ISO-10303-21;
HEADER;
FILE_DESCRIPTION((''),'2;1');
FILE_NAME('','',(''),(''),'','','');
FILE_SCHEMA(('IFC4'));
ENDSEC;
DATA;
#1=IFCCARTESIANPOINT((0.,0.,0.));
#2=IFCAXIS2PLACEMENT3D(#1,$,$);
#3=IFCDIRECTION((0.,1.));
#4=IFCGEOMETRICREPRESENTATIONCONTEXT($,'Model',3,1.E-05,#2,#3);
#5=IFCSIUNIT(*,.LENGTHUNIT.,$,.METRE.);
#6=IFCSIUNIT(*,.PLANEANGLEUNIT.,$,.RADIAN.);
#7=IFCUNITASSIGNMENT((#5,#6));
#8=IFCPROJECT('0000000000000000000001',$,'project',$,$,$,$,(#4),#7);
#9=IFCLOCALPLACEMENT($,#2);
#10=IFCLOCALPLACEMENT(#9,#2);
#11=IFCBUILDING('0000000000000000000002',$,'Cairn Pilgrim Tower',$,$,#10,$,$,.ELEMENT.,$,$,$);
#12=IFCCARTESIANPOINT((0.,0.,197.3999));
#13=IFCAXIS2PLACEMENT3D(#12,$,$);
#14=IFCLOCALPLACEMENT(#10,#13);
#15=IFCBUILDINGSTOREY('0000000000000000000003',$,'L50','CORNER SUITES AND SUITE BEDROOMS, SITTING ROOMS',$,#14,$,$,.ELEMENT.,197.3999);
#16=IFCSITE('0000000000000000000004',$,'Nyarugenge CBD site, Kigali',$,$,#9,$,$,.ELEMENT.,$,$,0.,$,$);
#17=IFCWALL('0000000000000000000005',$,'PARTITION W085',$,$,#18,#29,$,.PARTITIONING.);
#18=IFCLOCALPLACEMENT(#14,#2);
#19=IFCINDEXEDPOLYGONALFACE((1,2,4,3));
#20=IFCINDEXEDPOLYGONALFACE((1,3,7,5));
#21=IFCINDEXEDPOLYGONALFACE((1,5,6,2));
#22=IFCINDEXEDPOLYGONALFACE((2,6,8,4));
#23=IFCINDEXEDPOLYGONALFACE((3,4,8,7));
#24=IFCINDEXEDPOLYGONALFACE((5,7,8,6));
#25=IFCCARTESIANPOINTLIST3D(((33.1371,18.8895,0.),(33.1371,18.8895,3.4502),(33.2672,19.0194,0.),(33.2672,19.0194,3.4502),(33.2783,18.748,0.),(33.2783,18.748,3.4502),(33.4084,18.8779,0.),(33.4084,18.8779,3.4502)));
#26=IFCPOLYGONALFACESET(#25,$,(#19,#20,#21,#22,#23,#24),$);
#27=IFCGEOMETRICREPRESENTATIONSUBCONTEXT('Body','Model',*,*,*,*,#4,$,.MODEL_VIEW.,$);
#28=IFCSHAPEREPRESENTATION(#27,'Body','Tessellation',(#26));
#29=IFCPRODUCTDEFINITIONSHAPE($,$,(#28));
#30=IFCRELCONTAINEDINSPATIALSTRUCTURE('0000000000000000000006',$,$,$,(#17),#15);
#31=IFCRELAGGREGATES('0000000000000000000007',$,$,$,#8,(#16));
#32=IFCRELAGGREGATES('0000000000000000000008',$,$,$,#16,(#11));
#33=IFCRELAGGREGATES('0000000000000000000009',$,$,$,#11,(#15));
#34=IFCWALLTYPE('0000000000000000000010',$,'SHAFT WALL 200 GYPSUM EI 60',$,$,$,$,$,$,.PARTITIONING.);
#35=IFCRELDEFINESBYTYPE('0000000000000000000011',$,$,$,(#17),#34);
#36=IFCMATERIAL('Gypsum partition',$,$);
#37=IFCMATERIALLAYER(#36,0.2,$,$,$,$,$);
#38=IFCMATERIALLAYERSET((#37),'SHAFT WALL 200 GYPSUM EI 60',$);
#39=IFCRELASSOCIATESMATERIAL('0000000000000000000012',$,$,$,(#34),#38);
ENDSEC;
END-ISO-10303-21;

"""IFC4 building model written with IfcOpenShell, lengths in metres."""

from ifc_helpers import new_model, si_unit, direction, frame, frame_2d, origin, place, context, subcontext, project, spatial, rectangle, extrude, material, layer, layer_set, type_object, element, save


model = new_model("IFC4")

# Units and contexts
model_context = context("Model", 3, precision=1e-05, world=origin(), true_north=direction((0.0, 1.0)))
body_context = subcontext(model_context, "Body", "Model", "MODEL_VIEW")
ifc_project = project(units=[si_unit("LENGTHUNIT", "METRE"), si_unit("PLANEANGLEUNIT", "RADIAN")], contexts=[model_context])

# Site, building, storey
site_placement = place(None, origin())
site = spatial("IfcSite", under=ifc_project, at=site_placement, Name="Nyarugenge CBD site, Kigali", CompositionType="ELEMENT", RefElevation=0.0)
building_placement = place(site_placement, origin())
building = spatial("IfcBuilding", under=site, at=building_placement, Name="Cairn Pilgrim Tower", CompositionType="ELEMENT")
storey_placement = place(building_placement, frame((0.0, 0.0, 197.3999)))
storey = spatial("IfcBuildingStorey", under=building, at=storey_placement, Name="L50", Description="CORNER SUITES AND SUITE BEDROOMS, SITTING ROOMS", CompositionType="ELEMENT", Elevation=197.3999)

# Wall
ifc_material_1 = material(Name="Gypsum partition")
ifc_layer_1 = layer(ifc_material_1, 0.2)
ifc_layer_set_1 = layer_set([ifc_layer_1], Name="SHAFT WALL 200 GYPSUM EI 60")
wall_type_1 = type_object("IfcWallType", Name="SHAFT WALL 200 GYPSUM EI 60", PredefinedType="PARTITIONING", material=ifc_layer_set_1)
wall_1_placement = place(storey_placement, frame((33.2078, 18.8188, 0.0), z_axis=(0.0, 0.0, 1.0), x_axis=(0.70777, 0.706443, 0.0)))
element("IfcWall", 1, at=wall_1_placement, inside=storey, type_object=wall_type_1, Name="PARTITION W085", PredefinedType="PARTITIONING", context=body_context, shape_type="SweptSolid", body=[
    extrude(rectangle(XDim=0.1838, YDim=0.2, at=frame_2d((0.0918, 0.0))), origin(), (0.0, 0.0, 1.0), 3.4502),
])

save(model, "model.ifc")
